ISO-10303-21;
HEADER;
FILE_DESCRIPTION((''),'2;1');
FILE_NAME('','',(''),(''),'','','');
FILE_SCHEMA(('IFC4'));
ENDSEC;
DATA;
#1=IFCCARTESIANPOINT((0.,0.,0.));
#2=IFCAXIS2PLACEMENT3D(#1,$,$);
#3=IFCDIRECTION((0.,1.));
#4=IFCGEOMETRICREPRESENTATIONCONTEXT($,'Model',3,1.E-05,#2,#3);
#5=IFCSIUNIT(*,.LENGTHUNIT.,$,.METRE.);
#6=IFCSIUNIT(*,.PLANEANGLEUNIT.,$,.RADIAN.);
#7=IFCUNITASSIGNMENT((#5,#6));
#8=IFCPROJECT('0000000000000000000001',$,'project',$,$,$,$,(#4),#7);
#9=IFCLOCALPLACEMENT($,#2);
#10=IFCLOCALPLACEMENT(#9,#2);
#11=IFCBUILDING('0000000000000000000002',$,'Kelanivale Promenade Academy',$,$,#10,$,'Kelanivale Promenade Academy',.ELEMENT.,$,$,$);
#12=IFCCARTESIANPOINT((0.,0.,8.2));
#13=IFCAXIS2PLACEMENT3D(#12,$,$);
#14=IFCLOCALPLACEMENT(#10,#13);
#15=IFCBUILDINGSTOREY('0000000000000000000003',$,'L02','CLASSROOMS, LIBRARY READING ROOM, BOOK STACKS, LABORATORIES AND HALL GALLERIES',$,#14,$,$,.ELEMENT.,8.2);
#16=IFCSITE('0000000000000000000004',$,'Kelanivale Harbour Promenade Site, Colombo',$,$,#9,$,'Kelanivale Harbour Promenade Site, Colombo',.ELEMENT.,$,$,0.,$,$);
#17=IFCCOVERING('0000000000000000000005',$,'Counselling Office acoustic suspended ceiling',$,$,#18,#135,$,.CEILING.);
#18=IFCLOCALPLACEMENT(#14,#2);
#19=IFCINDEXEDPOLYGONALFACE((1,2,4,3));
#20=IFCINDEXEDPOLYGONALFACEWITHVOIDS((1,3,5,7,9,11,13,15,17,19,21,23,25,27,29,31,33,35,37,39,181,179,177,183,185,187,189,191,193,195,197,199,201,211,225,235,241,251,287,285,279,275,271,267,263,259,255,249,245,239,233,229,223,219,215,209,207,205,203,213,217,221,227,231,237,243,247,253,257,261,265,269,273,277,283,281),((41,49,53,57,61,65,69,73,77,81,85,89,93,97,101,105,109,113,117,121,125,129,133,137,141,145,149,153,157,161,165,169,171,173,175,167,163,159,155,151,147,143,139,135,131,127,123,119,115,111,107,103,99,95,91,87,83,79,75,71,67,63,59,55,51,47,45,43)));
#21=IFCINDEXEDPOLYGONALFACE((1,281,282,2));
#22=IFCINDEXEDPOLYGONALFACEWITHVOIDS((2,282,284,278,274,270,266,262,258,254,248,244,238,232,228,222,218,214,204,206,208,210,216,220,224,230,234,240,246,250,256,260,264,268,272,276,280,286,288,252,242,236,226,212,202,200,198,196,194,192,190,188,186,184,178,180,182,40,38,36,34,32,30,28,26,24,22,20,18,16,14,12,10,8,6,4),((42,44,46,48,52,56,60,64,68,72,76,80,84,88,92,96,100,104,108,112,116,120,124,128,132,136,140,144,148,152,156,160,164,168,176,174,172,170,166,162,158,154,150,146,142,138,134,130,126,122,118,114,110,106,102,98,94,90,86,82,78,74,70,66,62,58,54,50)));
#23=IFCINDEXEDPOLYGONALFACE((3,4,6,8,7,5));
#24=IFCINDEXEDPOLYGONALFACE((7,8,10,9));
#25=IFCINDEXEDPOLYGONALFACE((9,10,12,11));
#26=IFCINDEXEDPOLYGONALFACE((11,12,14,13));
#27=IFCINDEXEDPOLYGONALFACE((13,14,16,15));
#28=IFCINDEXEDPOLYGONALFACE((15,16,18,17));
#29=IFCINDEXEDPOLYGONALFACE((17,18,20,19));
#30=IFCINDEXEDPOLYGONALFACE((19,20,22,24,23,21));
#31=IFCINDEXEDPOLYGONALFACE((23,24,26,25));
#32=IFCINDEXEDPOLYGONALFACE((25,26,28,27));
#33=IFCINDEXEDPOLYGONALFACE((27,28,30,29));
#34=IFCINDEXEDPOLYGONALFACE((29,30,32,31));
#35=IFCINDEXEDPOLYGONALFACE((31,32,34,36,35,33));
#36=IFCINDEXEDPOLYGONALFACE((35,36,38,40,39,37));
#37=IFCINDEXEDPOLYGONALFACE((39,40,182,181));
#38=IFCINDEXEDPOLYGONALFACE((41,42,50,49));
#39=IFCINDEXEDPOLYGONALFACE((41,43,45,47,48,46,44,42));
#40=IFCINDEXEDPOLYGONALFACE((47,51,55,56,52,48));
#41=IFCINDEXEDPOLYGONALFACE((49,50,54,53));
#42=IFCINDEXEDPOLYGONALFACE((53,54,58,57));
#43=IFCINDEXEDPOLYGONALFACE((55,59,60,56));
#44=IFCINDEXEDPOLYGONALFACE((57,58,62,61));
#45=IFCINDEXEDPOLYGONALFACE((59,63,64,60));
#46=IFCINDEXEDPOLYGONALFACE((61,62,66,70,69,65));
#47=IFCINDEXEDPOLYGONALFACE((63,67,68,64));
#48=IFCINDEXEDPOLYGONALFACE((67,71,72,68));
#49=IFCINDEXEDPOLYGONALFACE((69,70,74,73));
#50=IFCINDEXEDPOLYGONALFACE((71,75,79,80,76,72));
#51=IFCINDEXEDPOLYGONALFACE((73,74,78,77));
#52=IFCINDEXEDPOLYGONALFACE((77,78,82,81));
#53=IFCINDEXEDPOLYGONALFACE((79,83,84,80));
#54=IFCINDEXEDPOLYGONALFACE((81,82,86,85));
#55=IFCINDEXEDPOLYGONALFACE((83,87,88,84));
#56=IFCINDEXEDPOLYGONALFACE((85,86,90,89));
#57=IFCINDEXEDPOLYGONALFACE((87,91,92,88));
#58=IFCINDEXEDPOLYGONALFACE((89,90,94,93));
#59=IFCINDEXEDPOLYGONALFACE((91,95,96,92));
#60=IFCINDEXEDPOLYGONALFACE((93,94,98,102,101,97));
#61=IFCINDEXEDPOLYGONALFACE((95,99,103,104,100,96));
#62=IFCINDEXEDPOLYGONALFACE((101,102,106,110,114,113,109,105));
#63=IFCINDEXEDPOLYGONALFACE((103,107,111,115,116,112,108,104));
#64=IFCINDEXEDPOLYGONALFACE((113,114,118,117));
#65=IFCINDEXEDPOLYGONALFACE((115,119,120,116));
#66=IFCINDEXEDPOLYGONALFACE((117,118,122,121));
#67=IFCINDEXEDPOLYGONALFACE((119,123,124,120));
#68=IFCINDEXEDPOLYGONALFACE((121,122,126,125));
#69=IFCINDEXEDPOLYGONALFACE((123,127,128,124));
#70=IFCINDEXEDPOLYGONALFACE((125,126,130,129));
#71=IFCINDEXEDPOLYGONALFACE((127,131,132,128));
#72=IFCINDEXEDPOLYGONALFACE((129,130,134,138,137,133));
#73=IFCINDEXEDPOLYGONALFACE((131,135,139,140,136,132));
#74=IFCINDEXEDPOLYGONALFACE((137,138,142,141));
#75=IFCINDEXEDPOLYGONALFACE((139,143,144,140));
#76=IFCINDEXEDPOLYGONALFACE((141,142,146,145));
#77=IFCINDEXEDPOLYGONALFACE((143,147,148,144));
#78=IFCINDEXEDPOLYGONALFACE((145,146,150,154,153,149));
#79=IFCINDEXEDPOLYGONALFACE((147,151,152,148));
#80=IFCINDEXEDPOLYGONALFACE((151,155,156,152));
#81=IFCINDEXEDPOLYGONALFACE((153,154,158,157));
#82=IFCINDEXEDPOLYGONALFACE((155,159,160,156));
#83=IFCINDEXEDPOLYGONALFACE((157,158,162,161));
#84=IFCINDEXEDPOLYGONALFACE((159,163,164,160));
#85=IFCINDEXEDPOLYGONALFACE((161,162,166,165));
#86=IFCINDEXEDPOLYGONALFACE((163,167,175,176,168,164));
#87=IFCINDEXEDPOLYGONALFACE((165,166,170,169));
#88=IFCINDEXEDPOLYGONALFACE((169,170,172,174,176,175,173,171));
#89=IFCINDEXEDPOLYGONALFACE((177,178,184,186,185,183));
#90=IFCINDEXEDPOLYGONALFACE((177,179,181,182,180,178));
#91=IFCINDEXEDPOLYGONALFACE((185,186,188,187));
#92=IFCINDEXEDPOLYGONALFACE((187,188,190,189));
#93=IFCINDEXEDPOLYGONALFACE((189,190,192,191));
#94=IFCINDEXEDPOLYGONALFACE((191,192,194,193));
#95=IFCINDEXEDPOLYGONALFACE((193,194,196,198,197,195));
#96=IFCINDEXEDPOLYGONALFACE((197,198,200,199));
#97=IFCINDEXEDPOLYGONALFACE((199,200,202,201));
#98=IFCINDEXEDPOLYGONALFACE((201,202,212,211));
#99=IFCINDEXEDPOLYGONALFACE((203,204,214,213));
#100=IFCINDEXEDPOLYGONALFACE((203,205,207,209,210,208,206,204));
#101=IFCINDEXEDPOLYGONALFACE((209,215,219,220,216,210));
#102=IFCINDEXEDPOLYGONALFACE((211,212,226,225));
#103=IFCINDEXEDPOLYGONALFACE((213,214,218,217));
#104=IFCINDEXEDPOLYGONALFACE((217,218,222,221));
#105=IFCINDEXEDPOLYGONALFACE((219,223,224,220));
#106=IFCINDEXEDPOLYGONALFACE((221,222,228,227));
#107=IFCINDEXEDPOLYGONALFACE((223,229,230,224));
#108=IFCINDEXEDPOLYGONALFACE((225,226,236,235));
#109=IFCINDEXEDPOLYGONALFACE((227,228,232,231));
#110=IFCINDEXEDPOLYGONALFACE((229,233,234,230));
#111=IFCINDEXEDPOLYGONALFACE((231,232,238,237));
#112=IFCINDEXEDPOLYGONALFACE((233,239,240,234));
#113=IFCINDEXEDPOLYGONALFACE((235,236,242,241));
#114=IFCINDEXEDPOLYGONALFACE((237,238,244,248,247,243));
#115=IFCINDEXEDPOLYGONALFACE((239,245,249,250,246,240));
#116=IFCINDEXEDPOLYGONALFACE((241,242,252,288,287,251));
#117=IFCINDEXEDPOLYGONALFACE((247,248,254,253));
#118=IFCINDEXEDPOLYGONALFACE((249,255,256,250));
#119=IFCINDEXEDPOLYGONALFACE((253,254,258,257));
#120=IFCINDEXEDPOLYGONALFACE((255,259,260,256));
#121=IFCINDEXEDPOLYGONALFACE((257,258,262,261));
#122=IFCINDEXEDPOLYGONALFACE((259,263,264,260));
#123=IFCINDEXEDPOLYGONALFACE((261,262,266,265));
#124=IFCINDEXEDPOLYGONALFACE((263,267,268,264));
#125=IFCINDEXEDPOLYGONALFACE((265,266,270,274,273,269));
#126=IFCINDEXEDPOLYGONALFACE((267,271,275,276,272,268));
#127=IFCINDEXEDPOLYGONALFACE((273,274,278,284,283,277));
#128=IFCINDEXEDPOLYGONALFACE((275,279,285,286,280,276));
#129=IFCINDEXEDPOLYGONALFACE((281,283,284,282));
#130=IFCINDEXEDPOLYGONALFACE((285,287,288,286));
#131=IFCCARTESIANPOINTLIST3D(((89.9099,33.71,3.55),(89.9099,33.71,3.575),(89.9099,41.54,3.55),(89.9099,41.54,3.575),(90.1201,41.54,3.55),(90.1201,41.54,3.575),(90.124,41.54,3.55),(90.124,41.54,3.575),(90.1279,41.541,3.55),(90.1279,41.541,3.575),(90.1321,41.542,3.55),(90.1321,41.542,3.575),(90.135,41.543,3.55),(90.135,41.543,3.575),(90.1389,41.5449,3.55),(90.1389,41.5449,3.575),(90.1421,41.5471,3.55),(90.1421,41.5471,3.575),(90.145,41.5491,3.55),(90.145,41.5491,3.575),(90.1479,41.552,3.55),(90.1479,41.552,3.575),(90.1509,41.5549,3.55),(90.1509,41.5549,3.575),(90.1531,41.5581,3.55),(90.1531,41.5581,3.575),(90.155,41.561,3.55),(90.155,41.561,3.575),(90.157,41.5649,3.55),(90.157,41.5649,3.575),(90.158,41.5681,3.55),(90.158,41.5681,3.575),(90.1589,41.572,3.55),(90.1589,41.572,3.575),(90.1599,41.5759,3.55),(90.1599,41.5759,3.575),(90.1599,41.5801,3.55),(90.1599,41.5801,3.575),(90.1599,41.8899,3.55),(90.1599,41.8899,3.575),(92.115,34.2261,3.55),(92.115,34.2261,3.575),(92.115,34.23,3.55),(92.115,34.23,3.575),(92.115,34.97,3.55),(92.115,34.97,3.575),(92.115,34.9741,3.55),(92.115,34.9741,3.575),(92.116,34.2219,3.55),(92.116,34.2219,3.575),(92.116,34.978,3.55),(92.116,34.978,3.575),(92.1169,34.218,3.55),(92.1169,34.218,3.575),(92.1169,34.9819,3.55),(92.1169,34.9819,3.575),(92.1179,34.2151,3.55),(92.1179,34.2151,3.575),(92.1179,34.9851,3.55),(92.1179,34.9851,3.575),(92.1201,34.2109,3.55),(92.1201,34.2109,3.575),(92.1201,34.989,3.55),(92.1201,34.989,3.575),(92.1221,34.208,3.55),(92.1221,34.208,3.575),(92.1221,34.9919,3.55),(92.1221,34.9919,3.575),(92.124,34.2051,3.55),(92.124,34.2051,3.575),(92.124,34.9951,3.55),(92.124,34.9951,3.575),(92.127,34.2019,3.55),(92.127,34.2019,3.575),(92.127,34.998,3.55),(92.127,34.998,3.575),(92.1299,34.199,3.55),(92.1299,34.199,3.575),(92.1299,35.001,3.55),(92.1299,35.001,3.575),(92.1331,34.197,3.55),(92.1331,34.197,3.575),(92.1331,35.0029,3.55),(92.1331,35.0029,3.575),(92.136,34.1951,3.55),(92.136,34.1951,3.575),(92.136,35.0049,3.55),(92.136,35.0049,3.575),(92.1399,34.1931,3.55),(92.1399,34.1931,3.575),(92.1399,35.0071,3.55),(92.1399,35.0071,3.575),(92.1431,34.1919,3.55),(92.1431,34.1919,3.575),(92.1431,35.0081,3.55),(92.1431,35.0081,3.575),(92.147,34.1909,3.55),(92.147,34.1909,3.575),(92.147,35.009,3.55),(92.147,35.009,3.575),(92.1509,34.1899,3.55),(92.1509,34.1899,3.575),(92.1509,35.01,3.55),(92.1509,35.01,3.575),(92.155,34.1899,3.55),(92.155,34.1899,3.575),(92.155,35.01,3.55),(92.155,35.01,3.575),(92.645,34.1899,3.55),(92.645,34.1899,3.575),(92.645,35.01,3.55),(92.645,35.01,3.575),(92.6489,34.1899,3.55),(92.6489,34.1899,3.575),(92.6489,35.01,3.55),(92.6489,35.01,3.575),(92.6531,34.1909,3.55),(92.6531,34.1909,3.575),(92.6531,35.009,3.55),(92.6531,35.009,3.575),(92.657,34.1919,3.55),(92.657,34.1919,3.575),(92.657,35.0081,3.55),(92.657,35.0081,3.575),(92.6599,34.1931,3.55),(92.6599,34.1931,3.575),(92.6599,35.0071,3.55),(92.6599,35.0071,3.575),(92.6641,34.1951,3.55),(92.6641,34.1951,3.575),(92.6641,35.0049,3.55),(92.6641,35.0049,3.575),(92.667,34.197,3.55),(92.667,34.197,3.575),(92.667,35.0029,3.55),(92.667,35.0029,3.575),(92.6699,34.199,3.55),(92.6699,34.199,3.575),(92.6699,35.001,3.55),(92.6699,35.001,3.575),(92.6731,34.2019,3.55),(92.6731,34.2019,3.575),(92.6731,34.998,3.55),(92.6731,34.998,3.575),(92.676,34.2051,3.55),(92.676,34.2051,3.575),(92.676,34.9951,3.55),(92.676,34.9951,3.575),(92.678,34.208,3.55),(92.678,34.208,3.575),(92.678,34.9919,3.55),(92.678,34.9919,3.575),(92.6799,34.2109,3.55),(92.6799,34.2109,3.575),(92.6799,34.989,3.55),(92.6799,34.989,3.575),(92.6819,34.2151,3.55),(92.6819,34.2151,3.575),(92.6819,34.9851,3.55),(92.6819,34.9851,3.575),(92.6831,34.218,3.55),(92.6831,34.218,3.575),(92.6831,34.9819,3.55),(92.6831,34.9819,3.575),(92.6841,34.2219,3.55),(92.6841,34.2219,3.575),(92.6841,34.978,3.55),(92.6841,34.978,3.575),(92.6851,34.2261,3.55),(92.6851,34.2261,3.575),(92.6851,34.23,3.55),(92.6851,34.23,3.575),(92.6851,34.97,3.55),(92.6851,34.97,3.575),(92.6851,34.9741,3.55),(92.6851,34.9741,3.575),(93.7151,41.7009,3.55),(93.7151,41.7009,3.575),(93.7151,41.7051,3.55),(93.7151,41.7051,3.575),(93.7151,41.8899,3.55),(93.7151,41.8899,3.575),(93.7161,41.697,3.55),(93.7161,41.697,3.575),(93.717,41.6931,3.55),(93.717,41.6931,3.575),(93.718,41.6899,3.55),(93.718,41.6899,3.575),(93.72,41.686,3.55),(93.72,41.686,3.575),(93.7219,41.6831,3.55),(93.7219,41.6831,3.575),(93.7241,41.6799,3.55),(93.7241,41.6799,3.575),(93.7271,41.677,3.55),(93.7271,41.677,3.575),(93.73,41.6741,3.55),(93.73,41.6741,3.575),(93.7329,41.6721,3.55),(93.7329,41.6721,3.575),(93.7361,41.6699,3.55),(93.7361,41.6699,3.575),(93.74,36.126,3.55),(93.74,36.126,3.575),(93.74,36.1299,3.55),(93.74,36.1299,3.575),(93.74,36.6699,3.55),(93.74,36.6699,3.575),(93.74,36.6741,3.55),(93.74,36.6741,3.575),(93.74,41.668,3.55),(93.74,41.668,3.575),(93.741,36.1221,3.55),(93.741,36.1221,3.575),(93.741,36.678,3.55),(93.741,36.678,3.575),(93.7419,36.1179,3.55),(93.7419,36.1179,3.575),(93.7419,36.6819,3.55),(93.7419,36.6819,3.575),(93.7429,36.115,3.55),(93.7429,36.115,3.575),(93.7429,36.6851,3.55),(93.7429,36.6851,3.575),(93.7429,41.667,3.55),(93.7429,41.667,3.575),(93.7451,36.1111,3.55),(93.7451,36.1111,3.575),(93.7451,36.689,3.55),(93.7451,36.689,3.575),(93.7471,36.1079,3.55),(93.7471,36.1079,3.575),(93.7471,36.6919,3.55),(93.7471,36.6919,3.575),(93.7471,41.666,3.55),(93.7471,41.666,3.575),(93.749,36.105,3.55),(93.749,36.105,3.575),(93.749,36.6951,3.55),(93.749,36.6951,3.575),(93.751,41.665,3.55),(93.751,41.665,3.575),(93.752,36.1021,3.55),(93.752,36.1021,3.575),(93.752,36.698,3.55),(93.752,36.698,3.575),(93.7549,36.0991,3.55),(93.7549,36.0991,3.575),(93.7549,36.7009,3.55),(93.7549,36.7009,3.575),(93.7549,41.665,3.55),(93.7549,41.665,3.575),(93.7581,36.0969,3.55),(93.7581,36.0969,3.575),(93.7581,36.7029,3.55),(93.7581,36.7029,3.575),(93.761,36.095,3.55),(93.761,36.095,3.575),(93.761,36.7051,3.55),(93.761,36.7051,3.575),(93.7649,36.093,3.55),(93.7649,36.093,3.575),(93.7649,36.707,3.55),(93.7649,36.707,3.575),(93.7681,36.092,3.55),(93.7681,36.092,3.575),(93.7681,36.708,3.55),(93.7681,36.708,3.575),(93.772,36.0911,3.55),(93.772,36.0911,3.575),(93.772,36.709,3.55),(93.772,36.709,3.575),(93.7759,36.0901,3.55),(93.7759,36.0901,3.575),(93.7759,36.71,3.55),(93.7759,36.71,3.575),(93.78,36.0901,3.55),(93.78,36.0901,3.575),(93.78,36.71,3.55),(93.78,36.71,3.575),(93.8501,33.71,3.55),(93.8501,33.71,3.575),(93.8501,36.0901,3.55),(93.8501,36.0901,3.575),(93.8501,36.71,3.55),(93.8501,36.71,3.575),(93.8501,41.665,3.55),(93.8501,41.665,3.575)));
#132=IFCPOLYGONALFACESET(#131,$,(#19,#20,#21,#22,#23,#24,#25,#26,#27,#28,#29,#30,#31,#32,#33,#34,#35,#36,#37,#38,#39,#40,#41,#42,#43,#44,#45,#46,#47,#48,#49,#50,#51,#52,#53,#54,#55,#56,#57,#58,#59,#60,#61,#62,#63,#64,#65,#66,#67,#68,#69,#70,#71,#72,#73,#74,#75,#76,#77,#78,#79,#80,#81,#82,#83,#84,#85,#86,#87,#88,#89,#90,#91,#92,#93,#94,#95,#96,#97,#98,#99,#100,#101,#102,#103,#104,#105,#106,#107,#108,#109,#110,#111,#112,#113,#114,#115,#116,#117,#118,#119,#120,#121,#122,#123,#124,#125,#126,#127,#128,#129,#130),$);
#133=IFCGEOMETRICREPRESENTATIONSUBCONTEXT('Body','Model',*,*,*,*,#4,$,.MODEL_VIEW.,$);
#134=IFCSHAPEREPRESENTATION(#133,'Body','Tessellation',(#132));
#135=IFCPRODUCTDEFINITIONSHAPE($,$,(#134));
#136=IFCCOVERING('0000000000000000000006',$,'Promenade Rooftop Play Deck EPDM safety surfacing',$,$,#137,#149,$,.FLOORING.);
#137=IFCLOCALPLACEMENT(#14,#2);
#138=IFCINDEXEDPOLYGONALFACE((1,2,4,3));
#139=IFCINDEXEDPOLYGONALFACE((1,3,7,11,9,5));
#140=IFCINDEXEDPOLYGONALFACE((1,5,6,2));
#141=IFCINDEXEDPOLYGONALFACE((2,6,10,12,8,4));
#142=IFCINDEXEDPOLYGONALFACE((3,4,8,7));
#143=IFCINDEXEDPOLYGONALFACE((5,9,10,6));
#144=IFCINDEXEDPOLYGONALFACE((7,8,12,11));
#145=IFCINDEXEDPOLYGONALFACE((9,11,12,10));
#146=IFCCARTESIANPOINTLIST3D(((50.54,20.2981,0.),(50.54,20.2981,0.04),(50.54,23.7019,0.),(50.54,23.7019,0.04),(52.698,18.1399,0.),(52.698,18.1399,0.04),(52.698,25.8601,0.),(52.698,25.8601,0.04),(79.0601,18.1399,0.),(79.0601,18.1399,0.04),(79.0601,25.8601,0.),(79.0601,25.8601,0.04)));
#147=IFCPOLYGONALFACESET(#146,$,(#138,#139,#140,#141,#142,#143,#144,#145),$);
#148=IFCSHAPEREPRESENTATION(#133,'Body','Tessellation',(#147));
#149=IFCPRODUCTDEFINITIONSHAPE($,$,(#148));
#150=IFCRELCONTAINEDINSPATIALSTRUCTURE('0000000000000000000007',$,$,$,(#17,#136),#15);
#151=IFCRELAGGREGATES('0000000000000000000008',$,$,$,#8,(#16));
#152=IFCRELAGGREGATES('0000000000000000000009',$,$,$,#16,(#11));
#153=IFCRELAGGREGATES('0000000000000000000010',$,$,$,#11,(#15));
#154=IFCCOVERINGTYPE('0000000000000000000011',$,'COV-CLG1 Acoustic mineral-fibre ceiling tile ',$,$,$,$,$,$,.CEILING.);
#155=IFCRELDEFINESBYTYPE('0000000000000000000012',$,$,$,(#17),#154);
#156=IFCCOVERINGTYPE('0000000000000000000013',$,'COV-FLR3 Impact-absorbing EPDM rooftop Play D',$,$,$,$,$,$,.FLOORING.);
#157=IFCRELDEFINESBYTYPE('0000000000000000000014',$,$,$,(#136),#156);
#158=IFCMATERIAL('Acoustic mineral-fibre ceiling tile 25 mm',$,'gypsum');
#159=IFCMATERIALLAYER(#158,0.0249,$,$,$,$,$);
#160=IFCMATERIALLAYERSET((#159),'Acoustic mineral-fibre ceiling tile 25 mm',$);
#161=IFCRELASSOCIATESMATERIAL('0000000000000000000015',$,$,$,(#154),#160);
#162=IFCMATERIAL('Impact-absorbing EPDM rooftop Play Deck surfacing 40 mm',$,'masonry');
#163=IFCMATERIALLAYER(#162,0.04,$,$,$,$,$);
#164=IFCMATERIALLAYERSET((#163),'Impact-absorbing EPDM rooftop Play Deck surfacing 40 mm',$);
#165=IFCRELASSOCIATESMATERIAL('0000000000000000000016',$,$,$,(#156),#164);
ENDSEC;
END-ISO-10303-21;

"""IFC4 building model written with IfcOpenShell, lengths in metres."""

from ifc_helpers import new_model, si_unit, direction, frame, origin, place, context, subcontext, project, spatial, polyline, outline, extrude, material, layer, layer_set, type_object, element, save


model = new_model("IFC4")

# Units and contexts
model_context = context("Model", 3, precision=1e-05, world=origin(), true_north=direction((0.0, 1.0)))
body_context = subcontext(model_context, "Body", "Model", "MODEL_VIEW")
ifc_project = project(units=[si_unit("LENGTHUNIT", "METRE"), si_unit("PLANEANGLEUNIT", "RADIAN")], contexts=[model_context])

# Site, building, storey
site_placement = place(None, origin())
site = spatial("IfcSite", under=ifc_project, at=site_placement, Name="Kelanivale Harbour Promenade Site, Colombo", LongName="Kelanivale Harbour Promenade Site, Colombo", CompositionType="ELEMENT", RefElevation=0.0)
building_placement = place(site_placement, origin())
building = spatial("IfcBuilding", under=site, at=building_placement, Name="Kelanivale Promenade Academy", LongName="Kelanivale Promenade Academy", CompositionType="ELEMENT")
storey_placement = place(building_placement, frame((0.0, 0.0, 8.2)))
storey = spatial("IfcBuildingStorey", under=building, at=storey_placement, Name="L02", Description="CLASSROOMS, LIBRARY READING ROOM, BOOK STACKS, LABORATORIES AND HALL GALLERIES", CompositionType="ELEMENT", Elevation=8.2)

# Coverings
ifc_material_1 = material(Name="Acoustic mineral-fibre ceiling tile 25 mm", Category="gypsum")
ifc_layer_1 = layer(ifc_material_1, 0.0249)
ifc_layer_set_1 = layer_set([ifc_layer_1], Name="Acoustic mineral-fibre ceiling tile 25 mm")
covering_type_1 = type_object("IfcCoveringType", Name="COV-CLG1 Acoustic mineral-fibre ceiling tile ", PredefinedType="CEILING", material=ifc_layer_set_1)
covering_1_placement = place(storey_placement, frame((0.0, 0.0, 3.55)))
element("IfcCovering", 1, at=covering_1_placement, inside=storey, type_object=covering_type_1, Name="Counselling Office acoustic suspended ceiling", PredefinedType="CEILING", context=body_context, shape_type="SweptSolid", body=[
    extrude(outline(polyline([(93.8501, 41.665), (93.7549, 41.665), (93.751, 41.665), (93.7471, 41.666), (93.7429, 41.667), (93.74, 41.668), (93.7361, 41.6699), (93.7329, 41.6721), (93.73, 41.6741), (93.7271, 41.677), (93.7241, 41.6799), (93.7219, 41.6831), (93.72, 41.686), (93.718, 41.6899), (93.717, 41.6931), (93.7161, 41.697), (93.7151, 41.7009), (93.7151, 41.7051), (93.7151, 41.8899), (90.1599, 41.8899), (90.1599, 41.5801), (90.1599, 41.5759), (90.1589, 41.572), (90.158, 41.5681), (90.157, 41.5649), (90.155, 41.561), (90.1531, 41.5581), (90.1509, 41.5549), (90.1479, 41.552), (90.145, 41.5491), (90.1421, 41.5471), (90.1389, 41.5449), (90.135, 41.543), (90.1321, 41.542), (90.1279, 41.541), (90.124, 41.54), (90.1201, 41.54), (89.9099, 41.54), (89.9099, 33.71), (93.8501, 33.71), (93.8501, 36.0901), (93.78, 36.0901), (93.7759, 36.0901), (93.772, 36.0911), (93.7681, 36.092), (93.7649, 36.093), (93.761, 36.095), (93.7581, 36.0969), (93.7549, 36.0991), (93.752, 36.1021), (93.749, 36.105), (93.7471, 36.1079), (93.7451, 36.1111), (93.7429, 36.115), (93.7419, 36.1179), (93.741, 36.1221), (93.74, 36.126), (93.74, 36.1299), (93.74, 36.6699), (93.74, 36.6741), (93.741, 36.678), (93.7419, 36.6819), (93.7429, 36.6851), (93.7451, 36.689), (93.7471, 36.6919), (93.749, 36.6951), (93.752, 36.698), (93.7549, 36.7009), (93.7581, 36.7029), (93.761, 36.7051), (93.7649, 36.707), (93.7681, 36.708), (93.772, 36.709), (93.7759, 36.71), (93.78, 36.71), (93.8501, 36.71), (93.8501, 41.665)]), holes=[polyline([(92.645, 35.01), (92.6489, 35.01), (92.6531, 35.009), (92.657, 35.0081), (92.6599, 35.0071), (92.6641, 35.0049), (92.667, 35.0029), (92.6699, 35.001), (92.6731, 34.998), (92.676, 34.9951), (92.678, 34.9919), (92.6799, 34.989), (92.6819, 34.9851), (92.6831, 34.9819), (92.6841, 34.978), (92.6851, 34.9741), (92.6851, 34.97), (92.6851, 34.23), (92.6851, 34.2261), (92.6841, 34.2219), (92.6831, 34.218), (92.6819, 34.2151), (92.6799, 34.2109), (92.678, 34.208), (92.676, 34.2051), (92.6731, 34.2019), (92.6699, 34.199), (92.667, 34.197), (92.6641, 34.1951), (92.6599, 34.1931), (92.657, 34.1919), (92.6531, 34.1909), (92.6489, 34.1899), (92.645, 34.1899), (92.155, 34.1899), (92.1509, 34.1899), (92.147, 34.1909), (92.1431, 34.1919), (92.1399, 34.1931), (92.136, 34.1951), (92.1331, 34.197), (92.1299, 34.199), (92.127, 34.2019), (92.124, 34.2051), (92.1221, 34.208), (92.1201, 34.2109), (92.1179, 34.2151), (92.1169, 34.218), (92.116, 34.2219), (92.115, 34.2261), (92.115, 34.23), (92.115, 34.97), (92.115, 34.9741), (92.116, 34.978), (92.1169, 34.9819), (92.1179, 34.9851), (92.1201, 34.989), (92.1221, 34.9919), (92.124, 34.9951), (92.127, 34.998), (92.1299, 35.001), (92.1331, 35.0029), (92.136, 35.0049), (92.1399, 35.0071), (92.1431, 35.0081), (92.147, 35.009), (92.1509, 35.01), (92.155, 35.01), (92.645, 35.01)])]), origin(), (0.0, 0.0, 1.0), 0.0249),
])
ifc_material_2 = material(Name="Impact-absorbing EPDM rooftop Play Deck surfacing 40 mm", Category="masonry")
ifc_layer_2 = layer(ifc_material_2, 0.04)
ifc_layer_set_2 = layer_set([ifc_layer_2], Name="Impact-absorbing EPDM rooftop Play Deck surfacing 40 mm")
covering_type_2 = type_object("IfcCoveringType", Name="COV-FLR3 Impact-absorbing EPDM rooftop Play D", PredefinedType="FLOORING", material=ifc_layer_set_2)
covering_2_placement = place(storey_placement, origin())
element("IfcCovering", 2, at=covering_2_placement, inside=storey, type_object=covering_type_2, Name="Promenade Rooftop Play Deck EPDM safety surfacing", PredefinedType="FLOORING", context=body_context, shape_type="SweptSolid", body=[
    extrude(outline(polyline([(52.698, 18.1399), (79.0601, 18.1399), (79.0601, 25.8601), (52.698, 25.8601), (50.54, 23.7019), (50.54, 20.2981), (52.698, 18.1399)])), origin(), (0.0, 0.0, 1.0), 0.04),
])

save(model, "model.ifc")
